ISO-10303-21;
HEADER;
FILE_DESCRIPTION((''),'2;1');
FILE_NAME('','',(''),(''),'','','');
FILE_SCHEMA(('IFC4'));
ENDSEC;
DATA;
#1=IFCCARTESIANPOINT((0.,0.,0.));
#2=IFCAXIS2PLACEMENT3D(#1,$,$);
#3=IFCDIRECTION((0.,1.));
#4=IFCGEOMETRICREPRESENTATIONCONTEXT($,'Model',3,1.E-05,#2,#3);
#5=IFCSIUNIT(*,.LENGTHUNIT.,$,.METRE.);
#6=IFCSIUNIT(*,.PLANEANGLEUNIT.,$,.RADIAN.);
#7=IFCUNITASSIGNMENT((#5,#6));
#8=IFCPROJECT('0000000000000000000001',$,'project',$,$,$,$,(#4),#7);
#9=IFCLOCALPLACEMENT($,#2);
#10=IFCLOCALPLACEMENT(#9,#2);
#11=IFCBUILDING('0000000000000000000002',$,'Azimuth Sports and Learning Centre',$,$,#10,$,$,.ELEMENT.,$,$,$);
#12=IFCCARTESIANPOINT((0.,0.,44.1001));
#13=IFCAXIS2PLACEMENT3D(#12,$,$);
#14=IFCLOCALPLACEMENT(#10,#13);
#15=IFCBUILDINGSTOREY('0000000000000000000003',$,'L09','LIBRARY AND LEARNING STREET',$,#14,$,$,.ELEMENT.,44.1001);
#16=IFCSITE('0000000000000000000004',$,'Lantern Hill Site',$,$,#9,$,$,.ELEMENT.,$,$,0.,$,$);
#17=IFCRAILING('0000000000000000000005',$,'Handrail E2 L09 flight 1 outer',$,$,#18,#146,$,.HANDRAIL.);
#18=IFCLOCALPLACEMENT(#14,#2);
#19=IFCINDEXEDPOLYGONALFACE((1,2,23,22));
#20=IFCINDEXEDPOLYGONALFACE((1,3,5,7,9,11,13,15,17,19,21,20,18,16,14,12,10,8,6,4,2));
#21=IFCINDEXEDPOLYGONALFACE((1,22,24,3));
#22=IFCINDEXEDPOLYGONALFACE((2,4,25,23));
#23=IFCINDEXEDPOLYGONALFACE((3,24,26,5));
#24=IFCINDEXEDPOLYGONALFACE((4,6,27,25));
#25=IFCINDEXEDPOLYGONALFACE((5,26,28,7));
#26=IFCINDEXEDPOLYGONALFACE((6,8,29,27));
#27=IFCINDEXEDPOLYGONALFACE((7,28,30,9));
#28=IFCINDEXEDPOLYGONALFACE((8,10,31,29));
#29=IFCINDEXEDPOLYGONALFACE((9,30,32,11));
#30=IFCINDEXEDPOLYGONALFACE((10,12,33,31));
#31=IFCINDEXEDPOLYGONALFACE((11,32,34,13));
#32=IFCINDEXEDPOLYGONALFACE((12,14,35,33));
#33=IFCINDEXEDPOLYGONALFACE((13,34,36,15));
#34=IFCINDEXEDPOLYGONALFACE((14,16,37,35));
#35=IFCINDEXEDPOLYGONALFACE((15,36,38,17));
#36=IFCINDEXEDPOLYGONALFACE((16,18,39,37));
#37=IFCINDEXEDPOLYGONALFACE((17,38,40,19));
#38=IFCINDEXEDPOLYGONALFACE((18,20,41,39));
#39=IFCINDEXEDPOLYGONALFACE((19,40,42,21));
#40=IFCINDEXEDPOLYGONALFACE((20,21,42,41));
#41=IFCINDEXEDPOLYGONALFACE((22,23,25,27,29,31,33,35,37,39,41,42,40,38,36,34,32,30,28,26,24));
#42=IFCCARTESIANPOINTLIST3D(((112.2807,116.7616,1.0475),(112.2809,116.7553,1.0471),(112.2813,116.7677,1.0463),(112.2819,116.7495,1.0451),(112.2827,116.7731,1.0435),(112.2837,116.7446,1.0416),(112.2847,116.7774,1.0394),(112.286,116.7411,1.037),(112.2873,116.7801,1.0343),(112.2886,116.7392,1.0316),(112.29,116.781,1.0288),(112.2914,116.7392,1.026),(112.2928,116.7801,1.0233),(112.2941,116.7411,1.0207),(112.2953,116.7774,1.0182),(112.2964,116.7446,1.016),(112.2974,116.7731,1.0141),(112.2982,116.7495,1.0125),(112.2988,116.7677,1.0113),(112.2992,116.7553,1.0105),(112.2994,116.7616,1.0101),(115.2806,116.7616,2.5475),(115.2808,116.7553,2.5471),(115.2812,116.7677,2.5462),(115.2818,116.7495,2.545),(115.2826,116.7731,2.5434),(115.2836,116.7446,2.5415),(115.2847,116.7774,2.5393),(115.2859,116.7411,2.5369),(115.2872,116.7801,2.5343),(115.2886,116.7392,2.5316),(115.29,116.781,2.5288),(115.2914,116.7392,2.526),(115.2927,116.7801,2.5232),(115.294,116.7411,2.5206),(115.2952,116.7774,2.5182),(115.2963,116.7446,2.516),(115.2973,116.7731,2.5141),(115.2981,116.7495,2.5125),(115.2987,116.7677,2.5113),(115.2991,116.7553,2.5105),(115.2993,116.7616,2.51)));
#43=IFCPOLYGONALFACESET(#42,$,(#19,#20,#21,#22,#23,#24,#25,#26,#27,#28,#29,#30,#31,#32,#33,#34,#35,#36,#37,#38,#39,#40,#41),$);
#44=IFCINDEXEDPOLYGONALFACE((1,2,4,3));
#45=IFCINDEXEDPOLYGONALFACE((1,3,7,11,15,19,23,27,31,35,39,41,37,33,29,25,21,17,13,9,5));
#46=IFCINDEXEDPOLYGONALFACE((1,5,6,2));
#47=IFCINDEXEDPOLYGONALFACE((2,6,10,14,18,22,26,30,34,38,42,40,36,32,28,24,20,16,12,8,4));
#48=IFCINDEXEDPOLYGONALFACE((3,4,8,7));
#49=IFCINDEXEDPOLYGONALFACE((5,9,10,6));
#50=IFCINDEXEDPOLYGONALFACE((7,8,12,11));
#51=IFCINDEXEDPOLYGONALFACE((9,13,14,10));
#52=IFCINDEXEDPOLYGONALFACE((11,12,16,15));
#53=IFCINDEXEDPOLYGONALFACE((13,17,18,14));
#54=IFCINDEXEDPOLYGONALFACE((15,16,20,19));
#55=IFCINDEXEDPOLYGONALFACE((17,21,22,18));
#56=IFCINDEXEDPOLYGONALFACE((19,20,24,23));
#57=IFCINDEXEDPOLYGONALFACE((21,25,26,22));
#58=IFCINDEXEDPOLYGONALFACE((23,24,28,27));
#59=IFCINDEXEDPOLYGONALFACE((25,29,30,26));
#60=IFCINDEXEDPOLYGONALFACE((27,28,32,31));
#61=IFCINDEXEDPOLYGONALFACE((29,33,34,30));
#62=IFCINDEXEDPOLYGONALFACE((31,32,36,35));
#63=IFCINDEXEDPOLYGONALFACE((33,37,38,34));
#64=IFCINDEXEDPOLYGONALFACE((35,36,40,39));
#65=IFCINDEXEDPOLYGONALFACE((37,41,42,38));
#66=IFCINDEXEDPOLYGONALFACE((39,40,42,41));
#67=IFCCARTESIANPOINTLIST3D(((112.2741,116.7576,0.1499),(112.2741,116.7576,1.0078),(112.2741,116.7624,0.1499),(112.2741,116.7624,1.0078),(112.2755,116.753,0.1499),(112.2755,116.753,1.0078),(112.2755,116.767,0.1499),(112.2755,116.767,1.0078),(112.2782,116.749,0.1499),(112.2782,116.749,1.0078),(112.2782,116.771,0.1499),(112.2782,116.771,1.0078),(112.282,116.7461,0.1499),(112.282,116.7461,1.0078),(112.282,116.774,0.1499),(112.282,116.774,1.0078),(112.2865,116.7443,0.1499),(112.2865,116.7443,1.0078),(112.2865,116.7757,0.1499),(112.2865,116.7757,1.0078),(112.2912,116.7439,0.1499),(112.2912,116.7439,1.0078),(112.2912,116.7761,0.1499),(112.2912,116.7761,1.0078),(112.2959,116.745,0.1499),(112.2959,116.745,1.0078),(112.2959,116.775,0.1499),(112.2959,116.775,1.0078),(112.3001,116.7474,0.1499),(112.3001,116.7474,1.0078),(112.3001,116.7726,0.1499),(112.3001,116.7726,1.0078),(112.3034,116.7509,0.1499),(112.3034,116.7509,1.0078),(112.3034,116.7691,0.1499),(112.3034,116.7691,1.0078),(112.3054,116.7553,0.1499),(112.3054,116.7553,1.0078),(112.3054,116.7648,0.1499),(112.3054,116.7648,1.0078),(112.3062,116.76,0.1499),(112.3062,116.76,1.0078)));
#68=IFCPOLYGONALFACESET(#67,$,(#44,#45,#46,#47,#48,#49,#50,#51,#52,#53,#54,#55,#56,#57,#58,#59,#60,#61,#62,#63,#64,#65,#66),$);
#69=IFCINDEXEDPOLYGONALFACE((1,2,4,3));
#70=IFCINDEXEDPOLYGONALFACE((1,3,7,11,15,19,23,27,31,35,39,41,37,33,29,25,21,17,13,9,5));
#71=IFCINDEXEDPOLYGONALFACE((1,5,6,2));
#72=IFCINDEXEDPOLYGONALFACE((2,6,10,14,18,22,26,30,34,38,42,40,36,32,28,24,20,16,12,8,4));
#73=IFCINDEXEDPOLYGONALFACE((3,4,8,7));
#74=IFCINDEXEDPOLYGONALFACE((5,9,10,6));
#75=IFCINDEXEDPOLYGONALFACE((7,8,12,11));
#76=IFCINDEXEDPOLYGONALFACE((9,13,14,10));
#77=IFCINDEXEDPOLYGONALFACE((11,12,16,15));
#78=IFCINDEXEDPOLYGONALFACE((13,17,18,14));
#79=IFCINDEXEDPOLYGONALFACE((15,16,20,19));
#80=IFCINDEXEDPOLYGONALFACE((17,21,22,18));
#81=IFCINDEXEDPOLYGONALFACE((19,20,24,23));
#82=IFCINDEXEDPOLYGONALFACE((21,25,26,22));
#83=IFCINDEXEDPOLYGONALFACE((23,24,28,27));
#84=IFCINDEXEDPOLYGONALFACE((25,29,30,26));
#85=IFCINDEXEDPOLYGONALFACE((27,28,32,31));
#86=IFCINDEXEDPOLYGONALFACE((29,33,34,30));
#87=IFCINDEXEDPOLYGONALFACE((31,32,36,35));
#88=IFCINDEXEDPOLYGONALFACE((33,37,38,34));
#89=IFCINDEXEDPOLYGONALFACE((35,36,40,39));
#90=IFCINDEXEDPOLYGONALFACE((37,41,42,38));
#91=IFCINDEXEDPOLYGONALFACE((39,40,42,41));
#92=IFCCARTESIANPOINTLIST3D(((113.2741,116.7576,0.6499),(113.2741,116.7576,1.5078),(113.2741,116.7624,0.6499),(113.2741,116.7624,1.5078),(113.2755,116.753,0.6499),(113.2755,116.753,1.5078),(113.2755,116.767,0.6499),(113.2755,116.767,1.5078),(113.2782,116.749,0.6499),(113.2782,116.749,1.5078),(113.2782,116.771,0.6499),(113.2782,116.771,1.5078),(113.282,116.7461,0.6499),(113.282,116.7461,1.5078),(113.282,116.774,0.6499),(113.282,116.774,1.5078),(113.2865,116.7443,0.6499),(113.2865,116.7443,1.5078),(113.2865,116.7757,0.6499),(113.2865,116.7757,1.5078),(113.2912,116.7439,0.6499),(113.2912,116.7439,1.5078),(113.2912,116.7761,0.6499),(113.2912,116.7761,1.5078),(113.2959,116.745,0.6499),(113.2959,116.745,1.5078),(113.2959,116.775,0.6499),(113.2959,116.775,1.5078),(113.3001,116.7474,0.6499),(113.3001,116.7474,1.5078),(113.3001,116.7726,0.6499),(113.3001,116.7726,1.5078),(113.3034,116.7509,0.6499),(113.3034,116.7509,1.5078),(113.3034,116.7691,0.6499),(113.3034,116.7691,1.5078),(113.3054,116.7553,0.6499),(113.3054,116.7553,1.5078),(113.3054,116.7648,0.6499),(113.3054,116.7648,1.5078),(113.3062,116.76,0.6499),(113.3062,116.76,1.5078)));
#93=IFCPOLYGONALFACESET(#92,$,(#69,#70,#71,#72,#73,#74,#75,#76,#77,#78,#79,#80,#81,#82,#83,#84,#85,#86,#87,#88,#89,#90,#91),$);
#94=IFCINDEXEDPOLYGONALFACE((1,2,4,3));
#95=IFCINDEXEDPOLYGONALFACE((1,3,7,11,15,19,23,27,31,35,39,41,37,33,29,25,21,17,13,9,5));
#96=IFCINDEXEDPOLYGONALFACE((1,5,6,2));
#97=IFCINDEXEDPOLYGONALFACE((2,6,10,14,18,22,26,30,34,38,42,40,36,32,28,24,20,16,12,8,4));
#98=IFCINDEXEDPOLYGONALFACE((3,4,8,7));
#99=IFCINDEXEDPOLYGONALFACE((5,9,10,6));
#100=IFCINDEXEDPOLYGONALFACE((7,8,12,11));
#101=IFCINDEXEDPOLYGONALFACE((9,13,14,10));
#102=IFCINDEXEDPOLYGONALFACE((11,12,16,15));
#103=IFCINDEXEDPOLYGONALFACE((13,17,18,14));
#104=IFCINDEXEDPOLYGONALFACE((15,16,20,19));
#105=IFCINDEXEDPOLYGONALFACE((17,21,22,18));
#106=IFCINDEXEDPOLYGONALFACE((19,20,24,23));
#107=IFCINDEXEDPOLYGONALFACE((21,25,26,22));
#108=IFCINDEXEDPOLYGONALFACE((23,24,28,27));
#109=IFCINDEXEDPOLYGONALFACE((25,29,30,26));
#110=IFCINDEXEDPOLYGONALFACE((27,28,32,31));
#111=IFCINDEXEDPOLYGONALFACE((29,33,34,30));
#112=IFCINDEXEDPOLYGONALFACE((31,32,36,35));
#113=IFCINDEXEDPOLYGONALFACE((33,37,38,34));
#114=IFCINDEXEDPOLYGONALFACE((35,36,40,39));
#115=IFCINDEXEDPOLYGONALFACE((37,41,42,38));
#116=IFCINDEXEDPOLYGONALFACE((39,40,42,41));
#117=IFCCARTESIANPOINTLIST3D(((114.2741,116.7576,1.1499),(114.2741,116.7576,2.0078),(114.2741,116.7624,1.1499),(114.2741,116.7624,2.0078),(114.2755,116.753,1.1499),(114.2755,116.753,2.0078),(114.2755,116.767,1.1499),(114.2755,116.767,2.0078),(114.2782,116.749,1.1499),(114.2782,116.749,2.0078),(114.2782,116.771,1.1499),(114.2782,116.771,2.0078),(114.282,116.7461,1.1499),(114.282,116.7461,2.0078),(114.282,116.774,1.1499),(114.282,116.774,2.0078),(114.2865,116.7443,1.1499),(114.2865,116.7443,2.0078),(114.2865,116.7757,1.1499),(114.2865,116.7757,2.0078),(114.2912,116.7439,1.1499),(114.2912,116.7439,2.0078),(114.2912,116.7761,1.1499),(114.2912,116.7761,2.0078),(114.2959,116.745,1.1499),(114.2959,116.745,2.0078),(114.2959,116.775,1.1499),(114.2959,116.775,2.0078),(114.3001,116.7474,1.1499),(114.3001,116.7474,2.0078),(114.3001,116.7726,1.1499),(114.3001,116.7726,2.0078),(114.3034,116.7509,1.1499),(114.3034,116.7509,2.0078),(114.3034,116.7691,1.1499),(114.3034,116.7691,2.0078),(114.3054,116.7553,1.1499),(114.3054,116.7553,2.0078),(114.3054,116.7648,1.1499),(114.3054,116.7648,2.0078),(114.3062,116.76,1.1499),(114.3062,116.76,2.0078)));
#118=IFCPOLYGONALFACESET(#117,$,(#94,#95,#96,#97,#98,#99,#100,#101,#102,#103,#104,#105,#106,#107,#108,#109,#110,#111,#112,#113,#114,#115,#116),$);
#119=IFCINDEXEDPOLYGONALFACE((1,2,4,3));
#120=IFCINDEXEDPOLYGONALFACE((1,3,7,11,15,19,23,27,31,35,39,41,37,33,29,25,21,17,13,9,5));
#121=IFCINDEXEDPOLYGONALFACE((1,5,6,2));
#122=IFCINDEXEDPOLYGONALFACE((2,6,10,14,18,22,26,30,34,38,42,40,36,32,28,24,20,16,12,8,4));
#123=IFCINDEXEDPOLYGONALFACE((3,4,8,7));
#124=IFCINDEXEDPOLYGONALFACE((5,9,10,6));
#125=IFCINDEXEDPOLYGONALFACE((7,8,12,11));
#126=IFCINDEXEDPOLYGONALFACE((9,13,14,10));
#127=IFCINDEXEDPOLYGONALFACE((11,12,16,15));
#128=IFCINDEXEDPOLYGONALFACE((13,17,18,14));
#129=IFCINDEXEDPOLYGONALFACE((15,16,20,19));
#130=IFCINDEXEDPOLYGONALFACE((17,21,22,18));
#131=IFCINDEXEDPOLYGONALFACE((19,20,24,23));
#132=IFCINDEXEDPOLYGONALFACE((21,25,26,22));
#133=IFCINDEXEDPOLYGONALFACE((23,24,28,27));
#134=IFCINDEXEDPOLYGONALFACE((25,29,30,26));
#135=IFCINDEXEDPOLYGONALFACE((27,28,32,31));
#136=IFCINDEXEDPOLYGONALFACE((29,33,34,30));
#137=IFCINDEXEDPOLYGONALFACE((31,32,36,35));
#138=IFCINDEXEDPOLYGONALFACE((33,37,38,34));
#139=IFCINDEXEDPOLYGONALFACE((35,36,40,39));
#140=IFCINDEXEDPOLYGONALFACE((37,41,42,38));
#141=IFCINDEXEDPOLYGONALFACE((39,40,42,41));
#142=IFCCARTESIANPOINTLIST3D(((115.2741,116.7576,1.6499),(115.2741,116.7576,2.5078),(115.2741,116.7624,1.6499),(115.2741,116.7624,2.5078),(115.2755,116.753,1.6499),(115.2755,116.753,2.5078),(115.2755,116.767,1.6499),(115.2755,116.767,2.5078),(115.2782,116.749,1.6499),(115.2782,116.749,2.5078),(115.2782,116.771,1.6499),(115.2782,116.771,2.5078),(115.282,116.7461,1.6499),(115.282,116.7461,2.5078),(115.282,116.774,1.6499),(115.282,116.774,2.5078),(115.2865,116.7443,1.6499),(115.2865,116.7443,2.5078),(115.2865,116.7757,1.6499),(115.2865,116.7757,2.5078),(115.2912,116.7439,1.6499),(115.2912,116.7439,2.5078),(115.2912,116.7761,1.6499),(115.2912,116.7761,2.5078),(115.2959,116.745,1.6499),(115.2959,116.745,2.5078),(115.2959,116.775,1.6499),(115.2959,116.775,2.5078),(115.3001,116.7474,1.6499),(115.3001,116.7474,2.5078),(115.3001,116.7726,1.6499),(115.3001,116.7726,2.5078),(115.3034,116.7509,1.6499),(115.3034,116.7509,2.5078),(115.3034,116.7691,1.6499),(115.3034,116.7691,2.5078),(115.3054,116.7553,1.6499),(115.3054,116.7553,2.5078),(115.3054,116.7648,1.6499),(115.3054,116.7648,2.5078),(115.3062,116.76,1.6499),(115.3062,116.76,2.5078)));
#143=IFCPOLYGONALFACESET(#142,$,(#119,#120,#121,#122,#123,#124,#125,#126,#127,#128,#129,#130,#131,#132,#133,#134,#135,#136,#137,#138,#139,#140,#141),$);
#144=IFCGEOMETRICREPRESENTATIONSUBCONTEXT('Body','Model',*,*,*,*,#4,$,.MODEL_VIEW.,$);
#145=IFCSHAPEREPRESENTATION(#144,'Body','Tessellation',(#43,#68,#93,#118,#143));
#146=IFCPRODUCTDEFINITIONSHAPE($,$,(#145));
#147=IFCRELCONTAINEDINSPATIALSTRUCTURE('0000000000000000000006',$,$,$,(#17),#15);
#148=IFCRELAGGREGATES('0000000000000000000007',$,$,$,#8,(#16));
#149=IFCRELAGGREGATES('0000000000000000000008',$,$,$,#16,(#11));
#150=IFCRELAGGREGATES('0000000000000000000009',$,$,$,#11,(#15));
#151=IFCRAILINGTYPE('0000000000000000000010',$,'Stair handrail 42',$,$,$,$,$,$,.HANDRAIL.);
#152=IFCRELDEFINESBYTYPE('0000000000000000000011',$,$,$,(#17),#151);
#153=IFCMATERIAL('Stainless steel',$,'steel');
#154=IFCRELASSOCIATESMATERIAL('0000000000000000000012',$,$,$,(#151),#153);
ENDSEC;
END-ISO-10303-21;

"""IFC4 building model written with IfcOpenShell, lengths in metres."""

from ifc_helpers import new_model, si_unit, direction, frame, origin, origin_2d, place, context, subcontext, project, spatial, circle, extrude, material, type_object, element, save


model = new_model("IFC4")

# Units and contexts
model_context = context("Model", 3, precision=1e-05, world=origin(), true_north=direction((0.0, 1.0)))
body_context = subcontext(model_context, "Body", "Model", "MODEL_VIEW")
ifc_project = project(units=[si_unit("LENGTHUNIT", "METRE"), si_unit("PLANEANGLEUNIT", "RADIAN")], contexts=[model_context])

# Site, building, storey
site_placement = place(None, origin())
site = spatial("IfcSite", under=ifc_project, at=site_placement, Name="Lantern Hill Site", CompositionType="ELEMENT", RefElevation=0.0)
building_placement = place(site_placement, origin())
building = spatial("IfcBuilding", under=site, at=building_placement, Name="Azimuth Sports and Learning Centre", CompositionType="ELEMENT")
storey_placement = place(building_placement, frame((0.0, 0.0, 44.1001)))
storey = spatial("IfcBuildingStorey", under=building, at=storey_placement, Name="L09", Description="LIBRARY AND LEARNING STREET", CompositionType="ELEMENT", Elevation=44.1001)

# Railing
ifc_material_1 = material(Name="Stainless steel", Category="steel")
railing_type_1 = type_object("IfcRailingType", Name="Stair handrail 42", PredefinedType="HANDRAIL", material=ifc_material_1)
for number, where, name in (
    (1, (112.29, 116.76, 0.1499), "Handrail E2 L09 flight 1 outer"),
):
    element("IfcRailing", number, at=place(storey_placement, frame(where)), inside=storey, type_object=railing_type_1, Name=name, PredefinedType="HANDRAIL", context=body_context, shape_type="SweptSolid", body=[
        extrude(circle(Radius=0.021, at=origin_2d()), frame((0.0, 0.0, 0.8789), z_axis=(0.894427, 0.0, 0.447214), x_axis=(0.0, 1.0, 0.0)), (0.0, 0.0, 1.0), 3.354),
        extrude(circle(Radius=0.0161, at=origin_2d()), origin(), (0.0, 0.0, 1.0), 0.8579),
        extrude(circle(Radius=0.0161, at=origin_2d()), frame((1.0, 0.0, 0.5)), (0.0, 0.0, 1.0), 0.8579),
        extrude(circle(Radius=0.0161, at=origin_2d()), frame((2.0, 0.0, 1.0)), (0.0, 0.0, 1.0), 0.8579),
        extrude(circle(Radius=0.0161, at=origin_2d()), frame((3.0, 0.0, 1.5)), (0.0, 0.0, 1.0), 0.8579),
    ])

save(model, "model.ifc")
